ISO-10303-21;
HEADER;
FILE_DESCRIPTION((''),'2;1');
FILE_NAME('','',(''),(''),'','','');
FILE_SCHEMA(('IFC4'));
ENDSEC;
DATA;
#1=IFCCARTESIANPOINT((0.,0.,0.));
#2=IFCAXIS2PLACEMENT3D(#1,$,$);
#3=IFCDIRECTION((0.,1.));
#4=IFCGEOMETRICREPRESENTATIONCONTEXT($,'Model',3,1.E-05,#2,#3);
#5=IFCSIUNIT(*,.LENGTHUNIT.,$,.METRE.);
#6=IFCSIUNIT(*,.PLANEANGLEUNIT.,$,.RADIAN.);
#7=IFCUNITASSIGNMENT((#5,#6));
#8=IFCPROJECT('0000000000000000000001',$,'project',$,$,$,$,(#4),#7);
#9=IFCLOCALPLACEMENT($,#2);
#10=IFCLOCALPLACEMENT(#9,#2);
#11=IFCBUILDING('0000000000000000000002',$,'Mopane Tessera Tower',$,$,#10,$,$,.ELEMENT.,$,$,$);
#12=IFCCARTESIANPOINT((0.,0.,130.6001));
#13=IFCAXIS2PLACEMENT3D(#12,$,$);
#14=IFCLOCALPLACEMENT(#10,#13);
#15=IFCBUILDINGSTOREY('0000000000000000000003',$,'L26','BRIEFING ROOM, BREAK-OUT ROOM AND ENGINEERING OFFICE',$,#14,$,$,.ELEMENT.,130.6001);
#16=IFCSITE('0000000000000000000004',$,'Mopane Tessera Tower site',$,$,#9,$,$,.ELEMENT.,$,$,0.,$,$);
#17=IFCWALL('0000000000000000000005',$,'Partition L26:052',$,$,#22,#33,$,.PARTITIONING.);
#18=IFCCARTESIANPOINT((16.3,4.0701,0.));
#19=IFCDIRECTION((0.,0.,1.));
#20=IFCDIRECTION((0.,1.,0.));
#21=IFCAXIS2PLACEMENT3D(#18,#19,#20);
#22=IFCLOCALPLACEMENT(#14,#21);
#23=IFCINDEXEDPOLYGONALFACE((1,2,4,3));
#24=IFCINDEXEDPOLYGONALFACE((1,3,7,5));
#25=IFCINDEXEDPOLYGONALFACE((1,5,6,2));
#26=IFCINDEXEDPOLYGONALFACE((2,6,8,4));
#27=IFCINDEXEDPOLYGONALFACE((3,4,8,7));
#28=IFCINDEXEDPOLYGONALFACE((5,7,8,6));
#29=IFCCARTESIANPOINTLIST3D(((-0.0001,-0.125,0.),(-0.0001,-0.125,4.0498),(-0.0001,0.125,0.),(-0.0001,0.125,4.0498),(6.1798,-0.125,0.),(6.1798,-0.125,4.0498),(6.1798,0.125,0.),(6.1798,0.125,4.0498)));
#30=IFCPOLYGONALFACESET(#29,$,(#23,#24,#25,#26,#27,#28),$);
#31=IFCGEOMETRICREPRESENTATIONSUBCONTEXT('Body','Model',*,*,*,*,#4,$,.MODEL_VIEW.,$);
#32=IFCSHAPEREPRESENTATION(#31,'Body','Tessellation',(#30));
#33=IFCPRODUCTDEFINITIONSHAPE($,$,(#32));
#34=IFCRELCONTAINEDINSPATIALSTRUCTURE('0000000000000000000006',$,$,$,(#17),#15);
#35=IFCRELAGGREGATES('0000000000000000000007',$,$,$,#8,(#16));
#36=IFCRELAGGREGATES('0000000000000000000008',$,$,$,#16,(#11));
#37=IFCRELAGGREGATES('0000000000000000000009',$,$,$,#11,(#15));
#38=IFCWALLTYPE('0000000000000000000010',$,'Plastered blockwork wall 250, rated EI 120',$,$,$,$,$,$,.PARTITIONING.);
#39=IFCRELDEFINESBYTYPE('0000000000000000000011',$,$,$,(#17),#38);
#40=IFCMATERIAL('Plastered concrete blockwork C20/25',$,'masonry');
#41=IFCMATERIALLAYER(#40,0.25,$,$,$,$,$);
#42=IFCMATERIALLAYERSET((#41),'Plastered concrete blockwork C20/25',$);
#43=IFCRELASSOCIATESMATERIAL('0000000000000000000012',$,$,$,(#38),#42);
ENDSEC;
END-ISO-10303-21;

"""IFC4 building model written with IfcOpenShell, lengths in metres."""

from ifc_helpers import new_model, si_unit, direction, frame, frame_2d, origin, place, context, subcontext, project, spatial, rectangle, extrude, material, layer, layer_set, type_object, element, save


model = new_model("IFC4")

# Units and contexts
model_context = context("Model", 3, precision=1e-05, world=origin(), true_north=direction((0.0, 1.0)))
body_context = subcontext(model_context, "Body", "Model", "MODEL_VIEW")
ifc_project = project(units=[si_unit("LENGTHUNIT", "METRE"), si_unit("PLANEANGLEUNIT", "RADIAN")], contexts=[model_context])

# Site, building, storey
site_placement = place(None, origin())
site = spatial("IfcSite", under=ifc_project, at=site_placement, Name="Mopane Tessera Tower site", CompositionType="ELEMENT", RefElevation=0.0)
building_placement = place(site_placement, origin())
building = spatial("IfcBuilding", under=site, at=building_placement, Name="Mopane Tessera Tower", CompositionType="ELEMENT")
storey_placement = place(building_placement, frame((0.0, 0.0, 130.6001)))
storey = spatial("IfcBuildingStorey", under=building, at=storey_placement, Name="L26", Description="BRIEFING ROOM, BREAK-OUT ROOM AND ENGINEERING OFFICE", CompositionType="ELEMENT", Elevation=130.6001)

# Wall
ifc_material_1 = material(Name="Plastered concrete blockwork C20/25", Category="masonry")
ifc_layer_1 = layer(ifc_material_1, 0.25)
ifc_layer_set_1 = layer_set([ifc_layer_1], Name="Plastered concrete blockwork C20/25")
wall_type_1 = type_object("IfcWallType", Name="Plastered blockwork wall 250, rated EI 120", PredefinedType="PARTITIONING", material=ifc_layer_set_1)
wall_1_placement = place(storey_placement, frame((16.3, 4.0701, 0.0), z_axis=(0.0, 0.0, 1.0), x_axis=(0.0, 1.0, 0.0)))
element("IfcWall", 1, at=wall_1_placement, inside=storey, type_object=wall_type_1, Name="Partition L26:052", PredefinedType="PARTITIONING", context=body_context, shape_type="SweptSolid", body=[
    extrude(rectangle(XDim=6.1799, YDim=0.25, at=frame_2d((3.0898, 0.0))), origin(), (0.0, 0.0, 1.0), 4.0498),
])

save(model, "model.ifc")
